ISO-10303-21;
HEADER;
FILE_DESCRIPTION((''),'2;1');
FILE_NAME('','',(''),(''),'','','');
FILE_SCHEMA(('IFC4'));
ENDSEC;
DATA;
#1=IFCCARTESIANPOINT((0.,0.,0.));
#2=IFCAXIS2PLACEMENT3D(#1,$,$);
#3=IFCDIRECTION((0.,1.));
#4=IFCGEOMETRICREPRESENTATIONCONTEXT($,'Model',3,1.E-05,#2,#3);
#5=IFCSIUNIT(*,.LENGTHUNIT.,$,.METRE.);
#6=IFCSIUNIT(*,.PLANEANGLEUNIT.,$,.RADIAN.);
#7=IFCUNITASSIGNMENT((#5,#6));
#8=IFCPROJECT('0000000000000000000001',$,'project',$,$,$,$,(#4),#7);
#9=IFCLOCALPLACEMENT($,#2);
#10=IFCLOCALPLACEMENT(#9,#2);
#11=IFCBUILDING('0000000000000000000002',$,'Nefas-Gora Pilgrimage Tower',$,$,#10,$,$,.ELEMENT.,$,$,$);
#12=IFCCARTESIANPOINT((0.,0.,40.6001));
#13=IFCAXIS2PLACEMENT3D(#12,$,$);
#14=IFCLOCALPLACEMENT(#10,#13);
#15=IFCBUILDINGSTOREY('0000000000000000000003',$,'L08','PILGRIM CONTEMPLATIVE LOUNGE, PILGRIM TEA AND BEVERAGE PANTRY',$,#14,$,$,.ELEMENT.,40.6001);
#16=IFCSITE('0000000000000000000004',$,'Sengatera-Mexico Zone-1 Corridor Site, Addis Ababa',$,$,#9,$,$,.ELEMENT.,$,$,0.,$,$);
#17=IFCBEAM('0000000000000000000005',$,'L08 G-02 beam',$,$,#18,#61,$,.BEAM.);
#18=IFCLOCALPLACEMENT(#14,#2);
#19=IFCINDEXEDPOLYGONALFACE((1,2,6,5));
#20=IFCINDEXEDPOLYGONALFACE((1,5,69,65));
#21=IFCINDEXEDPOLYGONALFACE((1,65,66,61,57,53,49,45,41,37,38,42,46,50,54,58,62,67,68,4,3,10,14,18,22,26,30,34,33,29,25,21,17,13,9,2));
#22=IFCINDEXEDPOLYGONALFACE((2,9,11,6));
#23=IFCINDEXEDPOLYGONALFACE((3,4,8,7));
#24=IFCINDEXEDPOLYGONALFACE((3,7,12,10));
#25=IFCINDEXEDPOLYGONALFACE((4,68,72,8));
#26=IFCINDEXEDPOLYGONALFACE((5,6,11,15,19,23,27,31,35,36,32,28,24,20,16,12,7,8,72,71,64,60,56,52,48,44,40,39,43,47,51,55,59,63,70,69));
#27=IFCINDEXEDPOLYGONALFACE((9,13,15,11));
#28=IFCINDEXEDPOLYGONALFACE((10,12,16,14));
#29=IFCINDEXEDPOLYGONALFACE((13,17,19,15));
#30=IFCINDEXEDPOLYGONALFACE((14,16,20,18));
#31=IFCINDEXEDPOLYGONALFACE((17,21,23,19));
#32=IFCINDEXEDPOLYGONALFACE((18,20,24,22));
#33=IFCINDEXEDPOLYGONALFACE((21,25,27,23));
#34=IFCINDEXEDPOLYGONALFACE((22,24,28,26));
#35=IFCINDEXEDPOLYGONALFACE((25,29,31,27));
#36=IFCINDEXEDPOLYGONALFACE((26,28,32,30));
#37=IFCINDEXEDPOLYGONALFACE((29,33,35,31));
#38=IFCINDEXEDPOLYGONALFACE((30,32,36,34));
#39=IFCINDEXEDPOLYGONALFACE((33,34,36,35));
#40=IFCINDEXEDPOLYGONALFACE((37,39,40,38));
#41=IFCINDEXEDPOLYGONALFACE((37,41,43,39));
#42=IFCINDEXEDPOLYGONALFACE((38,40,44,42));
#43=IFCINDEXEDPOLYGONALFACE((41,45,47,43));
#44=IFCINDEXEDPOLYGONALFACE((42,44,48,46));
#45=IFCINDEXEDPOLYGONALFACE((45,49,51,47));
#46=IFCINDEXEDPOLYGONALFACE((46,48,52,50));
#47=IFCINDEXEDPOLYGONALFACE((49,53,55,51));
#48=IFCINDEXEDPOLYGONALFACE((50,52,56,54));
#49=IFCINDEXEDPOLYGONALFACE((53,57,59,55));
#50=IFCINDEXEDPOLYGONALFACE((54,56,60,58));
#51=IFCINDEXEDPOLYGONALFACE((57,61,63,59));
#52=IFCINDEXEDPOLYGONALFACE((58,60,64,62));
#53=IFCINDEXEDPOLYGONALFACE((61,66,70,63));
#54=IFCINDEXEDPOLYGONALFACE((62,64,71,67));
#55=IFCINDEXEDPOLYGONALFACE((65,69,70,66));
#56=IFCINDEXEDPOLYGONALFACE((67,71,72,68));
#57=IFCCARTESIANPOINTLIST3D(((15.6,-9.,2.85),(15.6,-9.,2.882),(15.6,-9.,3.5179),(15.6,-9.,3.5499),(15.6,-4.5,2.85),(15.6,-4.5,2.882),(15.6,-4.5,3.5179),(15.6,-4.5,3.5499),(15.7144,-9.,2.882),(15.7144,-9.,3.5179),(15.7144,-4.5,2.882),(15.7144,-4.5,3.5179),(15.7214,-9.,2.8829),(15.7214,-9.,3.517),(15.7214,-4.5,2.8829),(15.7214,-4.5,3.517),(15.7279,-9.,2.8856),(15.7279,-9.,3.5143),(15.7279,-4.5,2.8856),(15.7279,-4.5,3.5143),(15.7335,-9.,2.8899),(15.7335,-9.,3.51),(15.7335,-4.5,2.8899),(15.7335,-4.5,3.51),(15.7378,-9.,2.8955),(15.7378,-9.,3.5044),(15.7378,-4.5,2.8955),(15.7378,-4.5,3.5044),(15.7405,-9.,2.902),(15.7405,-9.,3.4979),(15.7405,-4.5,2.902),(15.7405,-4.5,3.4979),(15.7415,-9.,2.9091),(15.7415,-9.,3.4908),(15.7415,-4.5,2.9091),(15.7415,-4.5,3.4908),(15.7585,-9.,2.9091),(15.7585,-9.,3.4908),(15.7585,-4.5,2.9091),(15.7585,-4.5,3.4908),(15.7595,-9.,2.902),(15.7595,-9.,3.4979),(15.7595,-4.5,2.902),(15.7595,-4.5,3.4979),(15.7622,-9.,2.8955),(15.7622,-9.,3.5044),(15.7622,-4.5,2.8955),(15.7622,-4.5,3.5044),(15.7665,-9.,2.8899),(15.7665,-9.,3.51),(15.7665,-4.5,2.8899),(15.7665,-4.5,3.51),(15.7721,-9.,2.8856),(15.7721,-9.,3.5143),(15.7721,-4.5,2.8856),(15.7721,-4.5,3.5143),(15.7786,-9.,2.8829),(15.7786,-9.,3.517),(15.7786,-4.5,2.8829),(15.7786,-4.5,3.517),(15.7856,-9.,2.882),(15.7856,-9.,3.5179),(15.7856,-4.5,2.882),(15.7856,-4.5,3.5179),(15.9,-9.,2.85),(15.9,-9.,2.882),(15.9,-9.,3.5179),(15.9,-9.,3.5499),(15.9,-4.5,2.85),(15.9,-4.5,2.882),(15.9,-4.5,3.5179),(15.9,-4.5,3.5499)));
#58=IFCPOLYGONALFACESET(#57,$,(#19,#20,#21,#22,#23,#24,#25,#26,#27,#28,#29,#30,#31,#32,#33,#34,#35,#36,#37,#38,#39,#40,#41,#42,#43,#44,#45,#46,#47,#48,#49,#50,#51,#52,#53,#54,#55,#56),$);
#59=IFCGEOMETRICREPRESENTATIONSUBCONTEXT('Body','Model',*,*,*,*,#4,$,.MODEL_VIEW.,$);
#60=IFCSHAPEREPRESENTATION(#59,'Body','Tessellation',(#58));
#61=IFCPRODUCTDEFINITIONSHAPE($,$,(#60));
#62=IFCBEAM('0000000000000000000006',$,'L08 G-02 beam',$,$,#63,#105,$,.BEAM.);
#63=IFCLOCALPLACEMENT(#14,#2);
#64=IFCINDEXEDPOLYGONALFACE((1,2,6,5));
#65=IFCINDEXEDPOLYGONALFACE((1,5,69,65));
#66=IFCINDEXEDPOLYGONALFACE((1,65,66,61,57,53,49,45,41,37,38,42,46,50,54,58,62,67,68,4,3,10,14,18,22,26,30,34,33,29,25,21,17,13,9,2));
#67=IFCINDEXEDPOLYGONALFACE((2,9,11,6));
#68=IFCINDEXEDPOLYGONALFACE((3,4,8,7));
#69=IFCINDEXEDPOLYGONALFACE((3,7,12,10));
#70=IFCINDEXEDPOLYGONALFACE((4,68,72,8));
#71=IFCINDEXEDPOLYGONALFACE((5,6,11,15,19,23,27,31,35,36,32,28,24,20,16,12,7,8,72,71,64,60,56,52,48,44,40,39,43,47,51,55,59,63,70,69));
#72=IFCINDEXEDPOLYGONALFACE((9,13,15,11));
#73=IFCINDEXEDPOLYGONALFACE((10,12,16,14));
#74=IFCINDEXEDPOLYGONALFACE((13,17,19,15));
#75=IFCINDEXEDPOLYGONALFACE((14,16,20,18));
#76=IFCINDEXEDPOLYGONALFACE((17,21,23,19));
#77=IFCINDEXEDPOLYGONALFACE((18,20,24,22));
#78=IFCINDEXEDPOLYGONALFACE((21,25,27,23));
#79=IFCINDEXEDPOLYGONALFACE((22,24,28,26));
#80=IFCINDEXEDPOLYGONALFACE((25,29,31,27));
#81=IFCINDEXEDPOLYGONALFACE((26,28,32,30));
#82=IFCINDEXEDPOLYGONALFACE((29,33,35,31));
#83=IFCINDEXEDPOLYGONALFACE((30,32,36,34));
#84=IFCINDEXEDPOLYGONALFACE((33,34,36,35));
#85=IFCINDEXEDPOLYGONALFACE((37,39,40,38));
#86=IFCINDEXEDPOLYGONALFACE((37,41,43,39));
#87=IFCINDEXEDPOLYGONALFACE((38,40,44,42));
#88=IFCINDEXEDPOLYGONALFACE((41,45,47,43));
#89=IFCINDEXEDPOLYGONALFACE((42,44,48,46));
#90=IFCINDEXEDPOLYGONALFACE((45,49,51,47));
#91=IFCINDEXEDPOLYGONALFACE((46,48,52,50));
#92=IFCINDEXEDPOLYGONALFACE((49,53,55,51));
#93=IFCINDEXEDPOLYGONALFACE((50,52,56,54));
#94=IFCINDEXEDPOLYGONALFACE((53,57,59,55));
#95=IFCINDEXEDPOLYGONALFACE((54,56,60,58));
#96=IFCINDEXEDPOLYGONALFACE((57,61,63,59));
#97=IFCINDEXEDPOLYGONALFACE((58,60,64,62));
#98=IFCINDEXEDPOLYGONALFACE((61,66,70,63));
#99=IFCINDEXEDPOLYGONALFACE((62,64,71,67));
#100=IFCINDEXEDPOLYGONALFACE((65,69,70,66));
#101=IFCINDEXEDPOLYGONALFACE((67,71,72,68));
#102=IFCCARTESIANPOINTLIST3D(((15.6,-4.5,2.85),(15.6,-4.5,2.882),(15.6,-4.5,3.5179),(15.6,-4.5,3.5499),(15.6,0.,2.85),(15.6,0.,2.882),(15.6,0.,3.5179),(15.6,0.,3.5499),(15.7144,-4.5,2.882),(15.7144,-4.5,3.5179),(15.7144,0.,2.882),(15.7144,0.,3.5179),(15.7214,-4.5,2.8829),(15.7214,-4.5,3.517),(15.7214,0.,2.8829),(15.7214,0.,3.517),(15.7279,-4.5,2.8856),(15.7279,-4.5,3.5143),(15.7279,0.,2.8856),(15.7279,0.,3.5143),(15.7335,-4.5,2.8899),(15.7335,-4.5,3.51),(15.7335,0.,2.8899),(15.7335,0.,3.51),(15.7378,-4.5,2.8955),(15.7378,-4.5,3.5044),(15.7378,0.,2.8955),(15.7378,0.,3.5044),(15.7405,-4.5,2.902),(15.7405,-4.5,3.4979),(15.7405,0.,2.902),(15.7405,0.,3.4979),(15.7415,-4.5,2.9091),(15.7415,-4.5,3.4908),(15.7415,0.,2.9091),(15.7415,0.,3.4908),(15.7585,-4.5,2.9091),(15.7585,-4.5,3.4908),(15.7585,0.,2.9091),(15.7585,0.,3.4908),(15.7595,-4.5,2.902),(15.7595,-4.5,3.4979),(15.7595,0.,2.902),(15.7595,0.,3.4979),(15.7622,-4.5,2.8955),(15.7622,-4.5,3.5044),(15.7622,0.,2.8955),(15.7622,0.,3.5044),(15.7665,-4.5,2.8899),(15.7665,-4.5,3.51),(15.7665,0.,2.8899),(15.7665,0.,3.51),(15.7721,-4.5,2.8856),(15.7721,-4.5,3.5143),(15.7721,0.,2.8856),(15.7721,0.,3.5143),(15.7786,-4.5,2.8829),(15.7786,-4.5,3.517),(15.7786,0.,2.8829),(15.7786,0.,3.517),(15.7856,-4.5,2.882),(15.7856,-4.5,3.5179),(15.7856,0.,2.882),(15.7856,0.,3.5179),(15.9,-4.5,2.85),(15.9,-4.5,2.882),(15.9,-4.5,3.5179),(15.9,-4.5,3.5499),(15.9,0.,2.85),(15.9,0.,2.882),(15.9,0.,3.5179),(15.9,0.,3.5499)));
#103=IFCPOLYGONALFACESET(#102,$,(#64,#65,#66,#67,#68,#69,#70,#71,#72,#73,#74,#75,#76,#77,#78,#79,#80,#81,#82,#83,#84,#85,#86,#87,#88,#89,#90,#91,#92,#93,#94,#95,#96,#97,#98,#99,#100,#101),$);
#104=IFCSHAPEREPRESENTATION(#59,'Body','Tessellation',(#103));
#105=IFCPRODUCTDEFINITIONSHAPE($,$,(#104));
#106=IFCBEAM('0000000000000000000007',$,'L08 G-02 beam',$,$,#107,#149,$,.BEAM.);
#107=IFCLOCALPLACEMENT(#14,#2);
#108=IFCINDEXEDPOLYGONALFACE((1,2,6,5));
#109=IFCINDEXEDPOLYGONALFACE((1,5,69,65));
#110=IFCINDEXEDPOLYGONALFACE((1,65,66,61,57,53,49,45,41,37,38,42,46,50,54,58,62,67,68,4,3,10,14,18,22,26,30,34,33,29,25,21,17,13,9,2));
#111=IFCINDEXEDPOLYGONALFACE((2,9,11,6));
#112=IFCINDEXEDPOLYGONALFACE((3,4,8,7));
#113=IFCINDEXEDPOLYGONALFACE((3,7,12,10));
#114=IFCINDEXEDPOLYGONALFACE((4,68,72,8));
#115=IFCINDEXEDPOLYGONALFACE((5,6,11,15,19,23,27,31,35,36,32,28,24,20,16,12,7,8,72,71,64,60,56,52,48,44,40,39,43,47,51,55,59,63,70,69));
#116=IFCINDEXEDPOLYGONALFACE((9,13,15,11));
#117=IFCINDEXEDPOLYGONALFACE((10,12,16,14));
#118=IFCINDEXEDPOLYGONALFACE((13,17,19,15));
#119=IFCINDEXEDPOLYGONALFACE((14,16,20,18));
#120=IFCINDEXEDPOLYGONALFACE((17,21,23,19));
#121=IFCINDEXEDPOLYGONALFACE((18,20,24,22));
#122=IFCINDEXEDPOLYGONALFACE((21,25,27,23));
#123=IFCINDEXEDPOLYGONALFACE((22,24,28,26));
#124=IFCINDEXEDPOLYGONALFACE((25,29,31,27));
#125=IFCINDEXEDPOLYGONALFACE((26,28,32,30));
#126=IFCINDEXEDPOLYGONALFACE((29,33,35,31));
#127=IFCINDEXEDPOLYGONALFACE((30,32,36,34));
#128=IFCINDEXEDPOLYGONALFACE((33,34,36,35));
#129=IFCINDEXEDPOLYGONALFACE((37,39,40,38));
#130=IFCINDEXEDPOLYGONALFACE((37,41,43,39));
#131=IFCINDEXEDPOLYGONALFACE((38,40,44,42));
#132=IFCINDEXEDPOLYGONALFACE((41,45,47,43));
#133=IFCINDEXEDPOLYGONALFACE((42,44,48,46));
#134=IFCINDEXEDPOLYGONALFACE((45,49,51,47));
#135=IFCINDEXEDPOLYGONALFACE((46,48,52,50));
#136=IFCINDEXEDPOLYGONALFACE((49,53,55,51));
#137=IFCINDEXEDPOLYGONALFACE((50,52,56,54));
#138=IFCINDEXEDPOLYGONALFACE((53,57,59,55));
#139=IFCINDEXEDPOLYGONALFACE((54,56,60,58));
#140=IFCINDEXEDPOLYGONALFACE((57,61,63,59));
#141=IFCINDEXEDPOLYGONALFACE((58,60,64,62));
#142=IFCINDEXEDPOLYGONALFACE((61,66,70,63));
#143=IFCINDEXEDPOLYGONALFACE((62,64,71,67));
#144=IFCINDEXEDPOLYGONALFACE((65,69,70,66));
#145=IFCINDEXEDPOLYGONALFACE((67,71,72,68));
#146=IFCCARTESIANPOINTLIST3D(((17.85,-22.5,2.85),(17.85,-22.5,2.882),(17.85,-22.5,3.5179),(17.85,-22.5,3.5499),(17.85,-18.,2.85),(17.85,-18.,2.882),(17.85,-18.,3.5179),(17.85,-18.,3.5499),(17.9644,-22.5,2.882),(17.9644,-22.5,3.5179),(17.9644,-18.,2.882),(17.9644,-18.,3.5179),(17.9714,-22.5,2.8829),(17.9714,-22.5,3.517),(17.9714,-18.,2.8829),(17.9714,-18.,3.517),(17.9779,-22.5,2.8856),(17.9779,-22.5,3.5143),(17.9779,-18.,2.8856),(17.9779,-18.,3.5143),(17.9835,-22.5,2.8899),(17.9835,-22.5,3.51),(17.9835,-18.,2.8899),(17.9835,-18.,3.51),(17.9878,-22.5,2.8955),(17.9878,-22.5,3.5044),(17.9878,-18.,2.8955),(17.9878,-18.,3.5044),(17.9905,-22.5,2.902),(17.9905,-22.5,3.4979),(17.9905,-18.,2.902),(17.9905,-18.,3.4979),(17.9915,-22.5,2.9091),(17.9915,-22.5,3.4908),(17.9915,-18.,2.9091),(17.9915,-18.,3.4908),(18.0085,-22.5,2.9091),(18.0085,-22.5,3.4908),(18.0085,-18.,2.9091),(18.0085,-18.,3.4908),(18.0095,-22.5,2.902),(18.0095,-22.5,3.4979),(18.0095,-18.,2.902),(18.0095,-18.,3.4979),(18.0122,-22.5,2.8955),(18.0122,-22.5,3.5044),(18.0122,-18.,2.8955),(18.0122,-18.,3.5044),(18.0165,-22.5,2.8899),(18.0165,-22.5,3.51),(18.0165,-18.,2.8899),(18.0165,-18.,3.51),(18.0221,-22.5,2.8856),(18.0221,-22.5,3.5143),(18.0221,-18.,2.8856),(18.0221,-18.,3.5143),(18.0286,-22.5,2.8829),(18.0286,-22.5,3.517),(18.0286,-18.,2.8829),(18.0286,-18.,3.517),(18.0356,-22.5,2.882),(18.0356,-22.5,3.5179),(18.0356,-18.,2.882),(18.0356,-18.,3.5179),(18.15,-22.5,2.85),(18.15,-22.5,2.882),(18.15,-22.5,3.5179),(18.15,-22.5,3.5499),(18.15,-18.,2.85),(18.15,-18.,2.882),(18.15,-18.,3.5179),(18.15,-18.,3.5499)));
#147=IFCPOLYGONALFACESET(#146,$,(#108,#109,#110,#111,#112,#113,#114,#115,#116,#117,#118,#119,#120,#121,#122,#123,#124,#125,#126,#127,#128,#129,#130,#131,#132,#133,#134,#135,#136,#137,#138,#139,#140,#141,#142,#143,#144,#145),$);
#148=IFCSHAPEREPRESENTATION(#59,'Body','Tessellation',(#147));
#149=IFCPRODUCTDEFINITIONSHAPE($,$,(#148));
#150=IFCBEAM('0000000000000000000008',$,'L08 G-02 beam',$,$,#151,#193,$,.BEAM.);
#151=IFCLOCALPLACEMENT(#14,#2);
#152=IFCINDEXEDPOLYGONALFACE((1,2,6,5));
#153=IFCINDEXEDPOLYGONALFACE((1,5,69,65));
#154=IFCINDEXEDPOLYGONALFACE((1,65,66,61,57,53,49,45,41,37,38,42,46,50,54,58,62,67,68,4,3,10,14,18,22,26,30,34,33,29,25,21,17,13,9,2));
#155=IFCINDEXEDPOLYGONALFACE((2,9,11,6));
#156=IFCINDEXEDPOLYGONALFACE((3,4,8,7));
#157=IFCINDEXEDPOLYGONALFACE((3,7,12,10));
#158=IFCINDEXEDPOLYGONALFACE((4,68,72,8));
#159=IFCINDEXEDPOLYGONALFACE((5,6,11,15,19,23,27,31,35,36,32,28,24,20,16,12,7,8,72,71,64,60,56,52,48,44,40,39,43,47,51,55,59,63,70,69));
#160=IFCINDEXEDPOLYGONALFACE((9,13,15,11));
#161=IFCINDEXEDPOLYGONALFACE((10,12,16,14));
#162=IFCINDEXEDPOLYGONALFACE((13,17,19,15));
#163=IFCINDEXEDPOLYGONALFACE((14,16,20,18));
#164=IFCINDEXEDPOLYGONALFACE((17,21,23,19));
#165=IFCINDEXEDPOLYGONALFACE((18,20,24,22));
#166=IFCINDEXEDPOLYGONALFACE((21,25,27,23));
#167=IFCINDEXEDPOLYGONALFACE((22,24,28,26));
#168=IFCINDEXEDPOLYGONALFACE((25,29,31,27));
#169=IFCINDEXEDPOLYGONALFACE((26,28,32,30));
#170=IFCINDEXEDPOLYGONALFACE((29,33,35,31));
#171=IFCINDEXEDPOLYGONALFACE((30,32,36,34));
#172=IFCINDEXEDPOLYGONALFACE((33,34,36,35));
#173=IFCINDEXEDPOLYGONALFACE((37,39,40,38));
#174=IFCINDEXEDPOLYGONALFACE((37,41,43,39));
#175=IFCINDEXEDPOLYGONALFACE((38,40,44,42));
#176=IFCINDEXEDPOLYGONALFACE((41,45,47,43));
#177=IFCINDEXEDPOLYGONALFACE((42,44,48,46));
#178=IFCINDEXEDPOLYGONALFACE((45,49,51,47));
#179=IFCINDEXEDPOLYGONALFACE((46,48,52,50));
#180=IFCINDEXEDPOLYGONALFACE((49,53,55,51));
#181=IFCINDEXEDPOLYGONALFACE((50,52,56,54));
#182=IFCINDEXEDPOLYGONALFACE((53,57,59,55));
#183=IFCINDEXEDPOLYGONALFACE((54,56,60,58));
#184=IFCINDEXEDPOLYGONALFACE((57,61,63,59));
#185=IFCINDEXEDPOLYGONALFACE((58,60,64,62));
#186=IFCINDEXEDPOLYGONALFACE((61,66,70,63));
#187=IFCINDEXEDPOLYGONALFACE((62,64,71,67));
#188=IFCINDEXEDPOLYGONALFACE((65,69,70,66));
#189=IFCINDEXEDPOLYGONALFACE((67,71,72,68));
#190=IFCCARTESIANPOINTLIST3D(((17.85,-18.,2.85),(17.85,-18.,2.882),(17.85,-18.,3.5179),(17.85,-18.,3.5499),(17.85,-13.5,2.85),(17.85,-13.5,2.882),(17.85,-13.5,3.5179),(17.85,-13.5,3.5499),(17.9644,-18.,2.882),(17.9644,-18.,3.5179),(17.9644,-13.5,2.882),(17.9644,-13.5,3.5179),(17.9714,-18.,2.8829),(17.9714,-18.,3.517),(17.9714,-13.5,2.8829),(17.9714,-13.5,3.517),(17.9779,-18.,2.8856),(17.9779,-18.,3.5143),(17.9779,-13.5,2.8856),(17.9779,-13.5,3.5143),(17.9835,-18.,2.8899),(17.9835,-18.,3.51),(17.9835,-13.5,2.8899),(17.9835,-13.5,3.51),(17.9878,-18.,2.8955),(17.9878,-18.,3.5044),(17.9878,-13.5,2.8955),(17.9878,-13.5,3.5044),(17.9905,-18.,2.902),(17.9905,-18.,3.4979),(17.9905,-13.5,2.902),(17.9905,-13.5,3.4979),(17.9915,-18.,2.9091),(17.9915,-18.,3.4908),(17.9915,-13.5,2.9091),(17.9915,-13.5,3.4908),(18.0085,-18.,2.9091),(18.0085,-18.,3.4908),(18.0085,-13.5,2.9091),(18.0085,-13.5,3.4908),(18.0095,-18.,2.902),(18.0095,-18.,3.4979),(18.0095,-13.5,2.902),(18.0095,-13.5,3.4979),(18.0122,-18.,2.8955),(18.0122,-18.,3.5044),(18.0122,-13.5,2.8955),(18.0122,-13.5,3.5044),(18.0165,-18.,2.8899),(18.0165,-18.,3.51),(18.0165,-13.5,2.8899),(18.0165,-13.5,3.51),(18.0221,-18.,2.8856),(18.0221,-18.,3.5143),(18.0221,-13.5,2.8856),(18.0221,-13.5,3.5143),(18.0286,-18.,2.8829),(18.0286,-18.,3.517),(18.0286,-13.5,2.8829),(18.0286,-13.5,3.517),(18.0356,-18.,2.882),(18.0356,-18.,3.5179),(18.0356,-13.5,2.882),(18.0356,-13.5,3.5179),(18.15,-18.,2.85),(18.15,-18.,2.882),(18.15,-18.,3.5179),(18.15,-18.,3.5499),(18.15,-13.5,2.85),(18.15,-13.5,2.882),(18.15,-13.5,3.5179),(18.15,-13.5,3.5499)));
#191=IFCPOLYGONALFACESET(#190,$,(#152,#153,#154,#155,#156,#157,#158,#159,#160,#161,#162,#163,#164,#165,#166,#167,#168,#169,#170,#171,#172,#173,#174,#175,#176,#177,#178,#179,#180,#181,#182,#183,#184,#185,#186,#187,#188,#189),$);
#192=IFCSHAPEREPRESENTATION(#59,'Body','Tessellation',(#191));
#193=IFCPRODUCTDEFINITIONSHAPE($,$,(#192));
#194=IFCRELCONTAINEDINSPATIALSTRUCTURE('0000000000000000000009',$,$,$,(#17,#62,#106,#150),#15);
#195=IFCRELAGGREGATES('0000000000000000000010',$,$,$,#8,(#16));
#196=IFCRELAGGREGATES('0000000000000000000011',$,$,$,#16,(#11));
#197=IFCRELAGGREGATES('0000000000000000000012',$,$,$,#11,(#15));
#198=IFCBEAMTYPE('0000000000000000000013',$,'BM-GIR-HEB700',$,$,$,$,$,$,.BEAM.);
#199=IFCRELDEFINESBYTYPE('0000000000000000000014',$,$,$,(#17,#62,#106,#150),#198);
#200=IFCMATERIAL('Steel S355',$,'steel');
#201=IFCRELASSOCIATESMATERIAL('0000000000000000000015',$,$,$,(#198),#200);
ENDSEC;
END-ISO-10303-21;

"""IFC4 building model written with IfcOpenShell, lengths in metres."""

from ifc_helpers import new_model, si_unit, direction, frame, origin, origin_2d, place, context, subcontext, project, spatial, i_section, extrude, source, transform, mapped, material, material_profile, profile_set, type_object, element, save


model = new_model("IFC4")

# Units and contexts
model_context = context("Model", 3, precision=1e-05, world=origin(), true_north=direction((0.0, 1.0)))
body_context = subcontext(model_context, "Body", "Model", "MODEL_VIEW")
ifc_project = project(units=[si_unit("LENGTHUNIT", "METRE"), si_unit("PLANEANGLEUNIT", "RADIAN")], contexts=[model_context])

# Site, building, storey
site_placement = place(None, origin())
site = spatial("IfcSite", under=ifc_project, at=site_placement, Name="Sengatera-Mexico Zone-1 Corridor Site, Addis Ababa", CompositionType="ELEMENT", RefElevation=0.0)
building_placement = place(site_placement, origin())
building = spatial("IfcBuilding", under=site, at=building_placement, Name="Nefas-Gora Pilgrimage Tower", CompositionType="ELEMENT")
storey_placement = place(building_placement, frame((0.0, 0.0, 40.6001)))
storey = spatial("IfcBuildingStorey", under=building, at=storey_placement, Name="L08", Description="PILGRIM CONTEMPLATIVE LOUNGE, PILGRIM TEA AND BEVERAGE PANTRY", CompositionType="ELEMENT", Elevation=40.6001)

# Beams
ifc_material_1 = material(Name="Steel S355", Category="steel")
ifc_material_profile_1 = material_profile(ifc_material_1, i_section(OverallWidth=0.3, OverallDepth=0.7, WebThickness=0.0171, FlangeThickness=0.032, FilletRadius=0.0271, at=origin_2d()), Name="HEB 700")
ifc_profile_set_1 = profile_set([ifc_material_profile_1], Name="Steel S355")
beam_type_1 = type_object("IfcBeamType", Name="BM-GIR-HEB700", PredefinedType="BEAM", material=ifc_profile_set_1)
shared_shape_1 = source(origin(), body_context, "Body", "SweptSolid", [
    extrude(i_section(OverallWidth=0.3, OverallDepth=0.7, WebThickness=0.0171, FlangeThickness=0.032, FilletRadius=0.0271, at=origin_2d()), origin(), (0.0, 0.0, 1.0), 4.5),
])
for number, where, z_axis, x_axis, name in (
    (1, (15.75, -9.0, 3.2), (0.0, 1.0, 0.0), (-1.0, 0.0, 0.0), "L08 G-02 beam"),
    (2, (15.75, -4.5, 3.2), (0.0, 1.0, 0.0), (-1.0, 0.0, 0.0), "L08 G-02 beam"),
    (3, (18.0, -22.5, 3.2), (0.0, 1.0, 0.0), (-1.0, 0.0, 0.0), "L08 G-02 beam"),
    (4, (18.0, -18.0, 3.2), (0.0, 1.0, 0.0), (-1.0, 0.0, 0.0), "L08 G-02 beam"),
):
    element("IfcBeam", number, at=place(storey_placement, frame(where, z_axis=z_axis, x_axis=x_axis)), inside=storey, type_object=beam_type_1, Name=name, PredefinedType="BEAM", context=body_context, shape_type="MappedRepresentation", body=[
        mapped(shared_shape_1, transform((0.0, 0.0, 0.0), x_axis=(1.0, 0.0, 0.0), y_axis=(0.0, 1.0, 0.0), z_axis=(0.0, 0.0, 1.0), scale=1.0)),
    ])

save(model, "model.ifc")
